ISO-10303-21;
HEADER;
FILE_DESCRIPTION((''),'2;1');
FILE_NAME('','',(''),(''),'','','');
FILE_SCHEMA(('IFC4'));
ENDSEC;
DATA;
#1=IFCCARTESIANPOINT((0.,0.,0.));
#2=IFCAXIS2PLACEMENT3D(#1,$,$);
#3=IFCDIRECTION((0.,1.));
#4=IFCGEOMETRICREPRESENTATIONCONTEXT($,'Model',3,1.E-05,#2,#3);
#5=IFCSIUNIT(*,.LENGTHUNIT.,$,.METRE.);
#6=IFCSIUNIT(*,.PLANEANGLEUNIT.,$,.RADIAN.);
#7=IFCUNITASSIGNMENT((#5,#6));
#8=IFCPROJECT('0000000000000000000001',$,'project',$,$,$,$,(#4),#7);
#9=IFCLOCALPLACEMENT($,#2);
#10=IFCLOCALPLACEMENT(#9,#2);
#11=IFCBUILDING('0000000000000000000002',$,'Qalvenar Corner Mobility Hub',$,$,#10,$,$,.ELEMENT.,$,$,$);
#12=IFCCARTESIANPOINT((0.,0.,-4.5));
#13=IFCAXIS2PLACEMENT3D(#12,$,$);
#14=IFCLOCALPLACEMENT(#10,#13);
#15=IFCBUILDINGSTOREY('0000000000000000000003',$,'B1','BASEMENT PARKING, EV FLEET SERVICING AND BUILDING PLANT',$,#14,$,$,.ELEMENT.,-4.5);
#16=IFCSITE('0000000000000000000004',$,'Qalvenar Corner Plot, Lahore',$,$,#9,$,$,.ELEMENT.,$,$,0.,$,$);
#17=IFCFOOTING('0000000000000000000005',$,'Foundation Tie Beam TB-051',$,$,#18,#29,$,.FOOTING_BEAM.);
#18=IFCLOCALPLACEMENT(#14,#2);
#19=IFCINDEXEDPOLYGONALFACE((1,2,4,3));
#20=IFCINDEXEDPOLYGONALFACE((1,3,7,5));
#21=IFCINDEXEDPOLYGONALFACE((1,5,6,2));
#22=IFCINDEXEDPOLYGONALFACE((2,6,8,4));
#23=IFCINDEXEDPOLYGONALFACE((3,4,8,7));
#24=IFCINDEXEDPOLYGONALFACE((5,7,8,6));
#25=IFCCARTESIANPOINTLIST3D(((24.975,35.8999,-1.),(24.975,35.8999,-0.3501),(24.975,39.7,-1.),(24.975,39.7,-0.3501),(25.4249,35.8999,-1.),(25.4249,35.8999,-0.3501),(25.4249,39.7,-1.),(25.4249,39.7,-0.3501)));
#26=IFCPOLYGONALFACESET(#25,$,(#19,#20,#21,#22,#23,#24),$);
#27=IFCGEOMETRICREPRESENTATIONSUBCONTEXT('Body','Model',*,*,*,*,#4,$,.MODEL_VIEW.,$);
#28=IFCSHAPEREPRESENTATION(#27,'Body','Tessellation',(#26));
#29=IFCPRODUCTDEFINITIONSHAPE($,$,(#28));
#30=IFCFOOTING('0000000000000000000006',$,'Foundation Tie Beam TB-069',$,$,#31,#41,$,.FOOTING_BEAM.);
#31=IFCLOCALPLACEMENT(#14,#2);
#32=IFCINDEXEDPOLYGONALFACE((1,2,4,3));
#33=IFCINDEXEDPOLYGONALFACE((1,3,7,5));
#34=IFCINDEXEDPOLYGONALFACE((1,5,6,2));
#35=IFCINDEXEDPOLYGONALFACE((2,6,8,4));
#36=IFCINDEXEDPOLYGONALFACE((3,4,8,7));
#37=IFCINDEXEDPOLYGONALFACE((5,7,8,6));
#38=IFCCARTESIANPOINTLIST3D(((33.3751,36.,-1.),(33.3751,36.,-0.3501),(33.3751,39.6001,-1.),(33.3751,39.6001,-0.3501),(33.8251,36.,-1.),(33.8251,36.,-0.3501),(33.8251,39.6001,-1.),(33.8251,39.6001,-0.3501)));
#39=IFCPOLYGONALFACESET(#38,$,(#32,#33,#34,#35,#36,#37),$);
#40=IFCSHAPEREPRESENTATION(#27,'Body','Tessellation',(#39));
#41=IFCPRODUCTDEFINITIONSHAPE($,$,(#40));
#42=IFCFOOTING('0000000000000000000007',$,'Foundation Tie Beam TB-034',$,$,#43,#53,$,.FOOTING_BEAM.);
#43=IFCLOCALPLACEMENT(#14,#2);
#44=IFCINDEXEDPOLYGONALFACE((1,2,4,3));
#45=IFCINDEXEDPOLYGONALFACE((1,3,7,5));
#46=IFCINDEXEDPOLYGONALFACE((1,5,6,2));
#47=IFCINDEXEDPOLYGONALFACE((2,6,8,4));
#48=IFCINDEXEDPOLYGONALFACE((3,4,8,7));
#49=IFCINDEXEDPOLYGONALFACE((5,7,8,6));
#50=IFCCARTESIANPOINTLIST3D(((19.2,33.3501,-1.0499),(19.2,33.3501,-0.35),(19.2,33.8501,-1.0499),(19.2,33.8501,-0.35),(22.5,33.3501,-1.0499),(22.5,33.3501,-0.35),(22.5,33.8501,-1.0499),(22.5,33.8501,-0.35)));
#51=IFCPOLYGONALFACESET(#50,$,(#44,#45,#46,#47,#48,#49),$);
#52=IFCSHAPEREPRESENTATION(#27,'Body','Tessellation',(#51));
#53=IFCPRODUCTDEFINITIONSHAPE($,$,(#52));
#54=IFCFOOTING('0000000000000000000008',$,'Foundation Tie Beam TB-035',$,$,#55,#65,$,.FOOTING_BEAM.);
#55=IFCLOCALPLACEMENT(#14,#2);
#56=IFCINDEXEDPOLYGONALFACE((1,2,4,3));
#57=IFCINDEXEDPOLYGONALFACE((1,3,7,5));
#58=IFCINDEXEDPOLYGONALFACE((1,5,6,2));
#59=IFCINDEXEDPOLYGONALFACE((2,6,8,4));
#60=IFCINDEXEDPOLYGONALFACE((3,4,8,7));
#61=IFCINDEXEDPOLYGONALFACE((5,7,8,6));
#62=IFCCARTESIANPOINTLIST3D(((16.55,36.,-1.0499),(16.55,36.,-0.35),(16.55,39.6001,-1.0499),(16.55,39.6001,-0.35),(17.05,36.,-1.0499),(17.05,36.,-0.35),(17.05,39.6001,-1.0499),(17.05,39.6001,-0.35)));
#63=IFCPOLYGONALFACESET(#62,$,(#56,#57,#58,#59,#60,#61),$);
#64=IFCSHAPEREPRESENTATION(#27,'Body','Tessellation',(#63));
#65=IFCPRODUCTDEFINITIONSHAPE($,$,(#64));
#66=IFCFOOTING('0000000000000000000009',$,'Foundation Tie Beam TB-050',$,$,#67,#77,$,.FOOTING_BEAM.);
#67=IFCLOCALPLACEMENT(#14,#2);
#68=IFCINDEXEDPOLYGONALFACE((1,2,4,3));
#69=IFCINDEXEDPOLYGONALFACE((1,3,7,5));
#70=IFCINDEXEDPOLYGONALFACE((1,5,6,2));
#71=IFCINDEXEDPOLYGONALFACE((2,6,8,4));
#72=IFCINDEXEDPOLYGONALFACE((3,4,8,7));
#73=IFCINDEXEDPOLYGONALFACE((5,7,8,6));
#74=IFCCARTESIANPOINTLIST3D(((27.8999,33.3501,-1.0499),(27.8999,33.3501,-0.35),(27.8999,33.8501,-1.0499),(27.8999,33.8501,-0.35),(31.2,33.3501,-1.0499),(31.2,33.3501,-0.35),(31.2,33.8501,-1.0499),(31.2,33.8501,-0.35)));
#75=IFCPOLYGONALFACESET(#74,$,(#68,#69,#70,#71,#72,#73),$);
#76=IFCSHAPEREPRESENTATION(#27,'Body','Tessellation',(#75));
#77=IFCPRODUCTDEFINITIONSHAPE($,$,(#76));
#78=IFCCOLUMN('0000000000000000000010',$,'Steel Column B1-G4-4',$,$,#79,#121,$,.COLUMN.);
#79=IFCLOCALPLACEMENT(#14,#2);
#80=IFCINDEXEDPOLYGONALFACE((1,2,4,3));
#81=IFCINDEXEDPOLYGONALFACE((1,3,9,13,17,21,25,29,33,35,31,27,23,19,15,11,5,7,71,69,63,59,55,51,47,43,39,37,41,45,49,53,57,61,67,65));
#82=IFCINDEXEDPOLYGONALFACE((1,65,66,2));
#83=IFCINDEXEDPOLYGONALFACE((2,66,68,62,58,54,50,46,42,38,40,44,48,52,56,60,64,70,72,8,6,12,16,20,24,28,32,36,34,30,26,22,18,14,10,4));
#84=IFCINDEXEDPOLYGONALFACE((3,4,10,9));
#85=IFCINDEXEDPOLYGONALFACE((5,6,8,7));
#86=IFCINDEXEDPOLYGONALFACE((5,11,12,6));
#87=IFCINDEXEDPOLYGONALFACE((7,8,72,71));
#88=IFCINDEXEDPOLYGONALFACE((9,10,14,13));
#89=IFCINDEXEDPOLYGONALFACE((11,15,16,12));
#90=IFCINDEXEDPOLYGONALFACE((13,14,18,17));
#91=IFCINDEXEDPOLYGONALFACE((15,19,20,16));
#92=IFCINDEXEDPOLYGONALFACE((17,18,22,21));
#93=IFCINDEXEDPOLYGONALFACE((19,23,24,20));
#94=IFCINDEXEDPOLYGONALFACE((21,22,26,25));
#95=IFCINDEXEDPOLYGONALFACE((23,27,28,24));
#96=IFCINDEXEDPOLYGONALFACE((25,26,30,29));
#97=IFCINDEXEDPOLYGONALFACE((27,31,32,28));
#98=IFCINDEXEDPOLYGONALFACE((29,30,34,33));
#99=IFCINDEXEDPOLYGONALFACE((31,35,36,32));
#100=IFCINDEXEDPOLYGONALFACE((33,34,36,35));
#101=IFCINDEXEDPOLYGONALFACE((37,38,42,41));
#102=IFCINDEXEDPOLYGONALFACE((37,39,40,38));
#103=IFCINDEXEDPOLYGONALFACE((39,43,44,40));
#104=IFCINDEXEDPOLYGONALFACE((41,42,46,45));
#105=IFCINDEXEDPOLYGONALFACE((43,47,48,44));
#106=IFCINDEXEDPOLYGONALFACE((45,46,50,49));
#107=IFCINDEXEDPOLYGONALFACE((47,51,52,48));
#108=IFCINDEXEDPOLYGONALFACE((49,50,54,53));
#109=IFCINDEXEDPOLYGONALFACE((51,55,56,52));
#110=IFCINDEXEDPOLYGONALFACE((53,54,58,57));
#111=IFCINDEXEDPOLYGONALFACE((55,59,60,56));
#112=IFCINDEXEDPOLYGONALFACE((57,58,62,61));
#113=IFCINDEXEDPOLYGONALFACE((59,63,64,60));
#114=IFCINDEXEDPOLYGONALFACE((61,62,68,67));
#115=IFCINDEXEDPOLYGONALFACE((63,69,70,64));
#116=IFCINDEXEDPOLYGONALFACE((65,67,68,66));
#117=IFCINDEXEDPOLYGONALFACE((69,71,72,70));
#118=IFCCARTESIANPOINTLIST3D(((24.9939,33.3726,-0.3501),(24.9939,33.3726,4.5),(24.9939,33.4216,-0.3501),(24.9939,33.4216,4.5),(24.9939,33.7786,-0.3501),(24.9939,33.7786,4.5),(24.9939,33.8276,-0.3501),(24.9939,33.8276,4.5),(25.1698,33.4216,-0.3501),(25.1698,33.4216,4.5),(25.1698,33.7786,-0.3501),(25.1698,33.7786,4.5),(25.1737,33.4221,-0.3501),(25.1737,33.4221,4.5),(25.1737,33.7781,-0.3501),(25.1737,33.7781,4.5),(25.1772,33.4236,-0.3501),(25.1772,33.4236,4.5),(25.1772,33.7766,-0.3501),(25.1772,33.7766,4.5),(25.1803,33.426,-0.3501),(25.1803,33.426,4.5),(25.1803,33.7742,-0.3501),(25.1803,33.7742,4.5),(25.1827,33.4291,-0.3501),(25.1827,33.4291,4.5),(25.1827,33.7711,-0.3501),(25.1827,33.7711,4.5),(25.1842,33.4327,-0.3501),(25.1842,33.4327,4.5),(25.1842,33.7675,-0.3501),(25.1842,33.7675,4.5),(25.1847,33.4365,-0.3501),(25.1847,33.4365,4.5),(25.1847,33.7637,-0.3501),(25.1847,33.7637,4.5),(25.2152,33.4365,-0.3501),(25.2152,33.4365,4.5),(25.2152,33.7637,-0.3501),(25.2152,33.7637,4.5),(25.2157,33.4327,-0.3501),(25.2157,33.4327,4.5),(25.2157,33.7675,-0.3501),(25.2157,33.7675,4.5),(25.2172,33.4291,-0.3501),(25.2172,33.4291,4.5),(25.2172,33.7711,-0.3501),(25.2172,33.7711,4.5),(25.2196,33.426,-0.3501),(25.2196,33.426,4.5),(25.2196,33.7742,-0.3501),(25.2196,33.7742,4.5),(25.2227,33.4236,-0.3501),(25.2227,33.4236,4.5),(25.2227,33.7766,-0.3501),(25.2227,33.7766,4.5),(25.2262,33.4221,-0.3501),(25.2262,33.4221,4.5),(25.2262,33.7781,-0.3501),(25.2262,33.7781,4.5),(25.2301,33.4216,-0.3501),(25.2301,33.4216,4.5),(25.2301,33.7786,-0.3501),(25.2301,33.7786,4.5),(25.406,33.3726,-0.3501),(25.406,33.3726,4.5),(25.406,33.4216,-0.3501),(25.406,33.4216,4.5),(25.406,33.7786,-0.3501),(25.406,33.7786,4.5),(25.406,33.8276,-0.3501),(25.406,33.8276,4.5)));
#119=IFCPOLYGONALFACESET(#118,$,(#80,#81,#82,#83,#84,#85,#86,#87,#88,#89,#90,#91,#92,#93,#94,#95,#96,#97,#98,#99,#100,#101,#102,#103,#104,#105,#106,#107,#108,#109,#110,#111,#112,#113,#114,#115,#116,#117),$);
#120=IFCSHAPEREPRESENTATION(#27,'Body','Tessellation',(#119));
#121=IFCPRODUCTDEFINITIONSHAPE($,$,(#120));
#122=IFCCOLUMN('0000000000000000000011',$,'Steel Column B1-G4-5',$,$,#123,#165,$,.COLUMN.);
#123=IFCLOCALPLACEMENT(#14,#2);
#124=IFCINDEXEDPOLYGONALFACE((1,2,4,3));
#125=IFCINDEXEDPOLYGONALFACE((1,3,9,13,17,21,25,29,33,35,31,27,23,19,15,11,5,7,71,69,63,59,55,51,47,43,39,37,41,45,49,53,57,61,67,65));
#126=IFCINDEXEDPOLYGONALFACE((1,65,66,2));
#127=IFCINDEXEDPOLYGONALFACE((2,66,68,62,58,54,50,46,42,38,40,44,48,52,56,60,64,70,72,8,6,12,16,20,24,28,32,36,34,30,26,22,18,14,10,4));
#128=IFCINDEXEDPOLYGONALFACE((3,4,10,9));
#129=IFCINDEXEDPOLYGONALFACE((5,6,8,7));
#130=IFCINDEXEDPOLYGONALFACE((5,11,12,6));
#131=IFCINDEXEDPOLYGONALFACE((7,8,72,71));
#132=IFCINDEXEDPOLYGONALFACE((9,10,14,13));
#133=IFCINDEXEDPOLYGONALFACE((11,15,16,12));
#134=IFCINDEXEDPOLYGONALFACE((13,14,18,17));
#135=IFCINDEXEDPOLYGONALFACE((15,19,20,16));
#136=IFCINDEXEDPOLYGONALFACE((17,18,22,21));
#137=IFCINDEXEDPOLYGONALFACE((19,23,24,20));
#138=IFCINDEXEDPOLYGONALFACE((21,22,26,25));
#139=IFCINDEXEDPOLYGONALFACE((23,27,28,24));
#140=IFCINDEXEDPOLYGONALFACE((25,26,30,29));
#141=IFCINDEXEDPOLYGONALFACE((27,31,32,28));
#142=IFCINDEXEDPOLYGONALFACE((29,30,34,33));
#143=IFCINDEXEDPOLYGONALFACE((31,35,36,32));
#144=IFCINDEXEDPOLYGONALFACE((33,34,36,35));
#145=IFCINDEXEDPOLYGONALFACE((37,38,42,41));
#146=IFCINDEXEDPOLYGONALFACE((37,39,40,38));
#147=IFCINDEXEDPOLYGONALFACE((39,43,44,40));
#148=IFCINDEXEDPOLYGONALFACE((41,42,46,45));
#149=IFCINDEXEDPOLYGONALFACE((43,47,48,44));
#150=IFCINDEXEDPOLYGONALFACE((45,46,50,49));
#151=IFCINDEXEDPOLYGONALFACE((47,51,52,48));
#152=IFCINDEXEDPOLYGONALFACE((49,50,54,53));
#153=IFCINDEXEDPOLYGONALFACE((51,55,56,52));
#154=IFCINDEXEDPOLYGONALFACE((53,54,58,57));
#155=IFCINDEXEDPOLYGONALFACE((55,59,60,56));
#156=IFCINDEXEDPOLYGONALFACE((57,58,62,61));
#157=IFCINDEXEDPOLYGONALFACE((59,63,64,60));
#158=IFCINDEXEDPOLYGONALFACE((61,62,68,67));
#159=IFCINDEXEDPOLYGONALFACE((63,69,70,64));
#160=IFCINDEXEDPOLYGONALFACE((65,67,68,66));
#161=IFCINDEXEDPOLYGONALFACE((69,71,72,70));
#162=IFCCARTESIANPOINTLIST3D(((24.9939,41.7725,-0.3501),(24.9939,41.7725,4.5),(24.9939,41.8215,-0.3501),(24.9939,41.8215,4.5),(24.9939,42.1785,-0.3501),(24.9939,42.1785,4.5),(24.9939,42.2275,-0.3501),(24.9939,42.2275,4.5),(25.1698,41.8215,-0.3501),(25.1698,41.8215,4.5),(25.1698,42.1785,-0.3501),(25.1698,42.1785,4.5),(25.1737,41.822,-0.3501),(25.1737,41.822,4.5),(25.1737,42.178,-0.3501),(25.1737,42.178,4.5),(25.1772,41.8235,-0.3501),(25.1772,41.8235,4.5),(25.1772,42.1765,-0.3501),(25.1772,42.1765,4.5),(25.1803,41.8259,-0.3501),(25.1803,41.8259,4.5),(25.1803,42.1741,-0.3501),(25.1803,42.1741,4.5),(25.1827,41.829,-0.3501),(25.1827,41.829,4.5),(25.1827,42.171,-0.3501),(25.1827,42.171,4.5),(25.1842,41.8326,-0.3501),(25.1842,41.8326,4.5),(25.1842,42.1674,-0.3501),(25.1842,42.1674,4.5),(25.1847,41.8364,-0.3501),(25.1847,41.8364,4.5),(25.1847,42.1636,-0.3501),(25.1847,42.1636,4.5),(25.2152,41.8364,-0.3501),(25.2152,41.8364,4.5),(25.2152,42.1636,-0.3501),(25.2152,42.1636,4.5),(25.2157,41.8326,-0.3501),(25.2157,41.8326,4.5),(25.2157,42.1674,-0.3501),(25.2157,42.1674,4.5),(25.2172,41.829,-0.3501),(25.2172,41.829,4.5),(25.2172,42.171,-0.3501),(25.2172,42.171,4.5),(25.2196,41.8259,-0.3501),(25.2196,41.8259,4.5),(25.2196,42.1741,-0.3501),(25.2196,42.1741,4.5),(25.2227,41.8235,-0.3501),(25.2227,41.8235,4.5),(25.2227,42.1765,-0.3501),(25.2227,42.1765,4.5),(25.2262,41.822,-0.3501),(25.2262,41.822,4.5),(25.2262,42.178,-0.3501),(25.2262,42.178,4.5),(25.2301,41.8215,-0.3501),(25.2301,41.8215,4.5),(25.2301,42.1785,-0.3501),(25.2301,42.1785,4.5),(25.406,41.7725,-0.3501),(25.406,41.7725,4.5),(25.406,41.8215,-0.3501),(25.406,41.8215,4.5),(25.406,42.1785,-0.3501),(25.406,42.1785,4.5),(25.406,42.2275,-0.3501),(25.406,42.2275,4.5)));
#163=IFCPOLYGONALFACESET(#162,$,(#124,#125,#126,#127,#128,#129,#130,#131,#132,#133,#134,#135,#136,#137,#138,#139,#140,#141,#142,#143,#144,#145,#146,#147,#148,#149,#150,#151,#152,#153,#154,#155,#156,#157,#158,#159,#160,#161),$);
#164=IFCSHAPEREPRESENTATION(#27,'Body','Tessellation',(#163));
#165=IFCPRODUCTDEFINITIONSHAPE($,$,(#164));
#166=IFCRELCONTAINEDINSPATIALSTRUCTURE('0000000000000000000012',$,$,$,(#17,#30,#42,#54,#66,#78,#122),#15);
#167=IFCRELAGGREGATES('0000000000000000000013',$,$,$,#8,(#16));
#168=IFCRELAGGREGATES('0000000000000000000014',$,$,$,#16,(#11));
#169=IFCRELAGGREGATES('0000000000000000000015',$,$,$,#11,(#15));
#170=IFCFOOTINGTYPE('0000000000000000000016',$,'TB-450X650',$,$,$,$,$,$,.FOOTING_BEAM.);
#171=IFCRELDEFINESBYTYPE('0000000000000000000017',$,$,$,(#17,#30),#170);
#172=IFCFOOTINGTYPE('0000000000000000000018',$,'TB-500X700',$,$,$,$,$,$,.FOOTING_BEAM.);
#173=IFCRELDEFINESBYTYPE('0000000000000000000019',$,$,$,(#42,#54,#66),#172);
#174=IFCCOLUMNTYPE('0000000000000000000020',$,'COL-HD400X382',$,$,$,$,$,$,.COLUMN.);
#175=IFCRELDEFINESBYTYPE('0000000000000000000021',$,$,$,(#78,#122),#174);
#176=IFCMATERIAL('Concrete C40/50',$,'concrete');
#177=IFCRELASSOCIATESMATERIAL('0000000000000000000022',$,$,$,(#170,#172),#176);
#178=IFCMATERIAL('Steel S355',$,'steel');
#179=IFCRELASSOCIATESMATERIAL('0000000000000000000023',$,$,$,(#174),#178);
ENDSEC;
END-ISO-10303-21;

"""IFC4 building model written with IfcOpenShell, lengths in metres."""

from ifc_helpers import new_model, si_unit, direction, frame, origin, origin_2d, place, context, subcontext, project, spatial, rectangle, i_section, extrude, material, material_profile, profile_set, type_object, element, save


model = new_model("IFC4")

# Units and contexts
model_context = context("Model", 3, precision=1e-05, world=origin(), true_north=direction((0.0, 1.0)))
body_context = subcontext(model_context, "Body", "Model", "MODEL_VIEW")
ifc_project = project(units=[si_unit("LENGTHUNIT", "METRE"), si_unit("PLANEANGLEUNIT", "RADIAN")], contexts=[model_context])

# Site, building, storey
site_placement = place(None, origin())
site = spatial("IfcSite", under=ifc_project, at=site_placement, Name="Qalvenar Corner Plot, Lahore", CompositionType="ELEMENT", RefElevation=0.0)
building_placement = place(site_placement, origin())
building = spatial("IfcBuilding", under=site, at=building_placement, Name="Qalvenar Corner Mobility Hub", CompositionType="ELEMENT")
storey_placement = place(building_placement, frame((0.0, 0.0, -4.5)))
storey = spatial("IfcBuildingStorey", under=building, at=storey_placement, Name="B1", Description="BASEMENT PARKING, EV FLEET SERVICING AND BUILDING PLANT", CompositionType="ELEMENT", Elevation=-4.5)

# Shared definitions
ifc_material_1 = material(Name="Concrete C40/50", Category="concrete")

# Footings
ifc_material_profile_1 = material_profile(ifc_material_1, rectangle(XDim=0.45, YDim=0.6499, at=origin_2d()), Name="RC450x650")
ifc_profile_set_1 = profile_set([ifc_material_profile_1], Name="Concrete C40/50")
footing_type_1 = type_object("IfcFootingType", Name="TB-450X650", PredefinedType="FOOTING_BEAM", material=ifc_profile_set_1)
footing_1_placement = place(storey_placement, frame((25.2, 35.8999, -0.675), z_axis=(0.0, 1.0, 0.0), x_axis=(-1.0, 0.0, 0.0)))
element("IfcFooting", 1, at=footing_1_placement, inside=storey, type_object=footing_type_1, Name="Foundation Tie Beam TB-051", PredefinedType="FOOTING_BEAM", context=body_context, shape_type="SweptSolid", body=[
    extrude(rectangle(XDim=0.45, YDim=0.6499, at=origin_2d()), origin(), (0.0, 0.0, 1.0), 3.8),
])
footing_2_placement = place(storey_placement, frame((33.6001, 36.0, -0.675), z_axis=(0.0, 1.0, 0.0), x_axis=(-1.0, 0.0, 0.0)))
element("IfcFooting", 2, at=footing_2_placement, inside=storey, type_object=footing_type_1, Name="Foundation Tie Beam TB-069", PredefinedType="FOOTING_BEAM", context=body_context, shape_type="SweptSolid", body=[
    extrude(rectangle(XDim=0.45, YDim=0.6499, at=origin_2d()), origin(), (0.0, 0.0, 1.0), 3.6001),
])
ifc_material_profile_2 = material_profile(ifc_material_1, rectangle(XDim=0.5, YDim=0.7, at=origin_2d()), Name="RC500x700")
ifc_profile_set_2 = profile_set([ifc_material_profile_2], Name="Concrete C40/50")
footing_type_2 = type_object("IfcFootingType", Name="TB-500X700", PredefinedType="FOOTING_BEAM", material=ifc_profile_set_2)
footing_3_placement = place(storey_placement, frame((19.2, 33.6001, -0.7), z_axis=(1.0, 0.0, 0.0), x_axis=(0.0, 1.0, 0.0)))
element("IfcFooting", 3, at=footing_3_placement, inside=storey, type_object=footing_type_2, Name="Foundation Tie Beam TB-034", PredefinedType="FOOTING_BEAM", context=body_context, shape_type="SweptSolid", body=[
    extrude(rectangle(XDim=0.5, YDim=0.7, at=origin_2d()), origin(), (0.0, 0.0, 1.0), 3.3),
])
footing_4_placement = place(storey_placement, frame((16.8, 36.0, -0.7), z_axis=(0.0, 1.0, 0.0), x_axis=(-1.0, 0.0, 0.0)))
element("IfcFooting", 4, at=footing_4_placement, inside=storey, type_object=footing_type_2, Name="Foundation Tie Beam TB-035", PredefinedType="FOOTING_BEAM", context=body_context, shape_type="SweptSolid", body=[
    extrude(rectangle(XDim=0.5, YDim=0.7, at=origin_2d()), origin(), (0.0, 0.0, 1.0), 3.6001),
])
footing_5_placement = place(storey_placement, frame((27.8999, 33.6001, -0.7), z_axis=(1.0, 0.0, 0.0), x_axis=(0.0, 1.0, 0.0)))
element("IfcFooting", 5, at=footing_5_placement, inside=storey, type_object=footing_type_2, Name="Foundation Tie Beam TB-050", PredefinedType="FOOTING_BEAM", context=body_context, shape_type="SweptSolid", body=[
    extrude(rectangle(XDim=0.5, YDim=0.7, at=origin_2d()), origin(), (0.0, 0.0, 1.0), 3.3),
])

# Columns
ifc_material_2 = material(Name="Steel S355", Category="steel")
ifc_material_profile_3 = material_profile(ifc_material_2, i_section(OverallWidth=0.4121, OverallDepth=0.4551, WebThickness=0.0305, FlangeThickness=0.0491, FilletRadius=0.0149, at=origin_2d()), Name="HD400x421")
ifc_profile_set_3 = profile_set([ifc_material_profile_3], Name="Steel S355")
column_type_1 = type_object("IfcColumnType", Name="COL-HD400X382", PredefinedType="COLUMN", material=ifc_profile_set_3)
for number, where, z_axis, x_axis, name in (
    (6, (25.2, 33.6001, -0.3501), (0.0, 0.0, 1.0), (1.0, 0.0, 0.0), "Steel Column B1-G4-4"),
    (7, (25.2, 42.0, -0.3501), (0.0, 0.0, 1.0), (1.0, 0.0, 0.0), "Steel Column B1-G4-5"),
):
    element("IfcColumn", number, at=place(storey_placement, frame(where, z_axis=z_axis, x_axis=x_axis)), inside=storey, type_object=column_type_1, Name=name, PredefinedType="COLUMN", context=body_context, shape_type="SweptSolid", body=[
        extrude(i_section(OverallWidth=0.4121, OverallDepth=0.4551, WebThickness=0.0305, FlangeThickness=0.0491, FilletRadius=0.0149, at=origin_2d()), origin(), (0.0, 0.0, 1.0), 4.8501),
    ])

save(model, "model.ifc")
